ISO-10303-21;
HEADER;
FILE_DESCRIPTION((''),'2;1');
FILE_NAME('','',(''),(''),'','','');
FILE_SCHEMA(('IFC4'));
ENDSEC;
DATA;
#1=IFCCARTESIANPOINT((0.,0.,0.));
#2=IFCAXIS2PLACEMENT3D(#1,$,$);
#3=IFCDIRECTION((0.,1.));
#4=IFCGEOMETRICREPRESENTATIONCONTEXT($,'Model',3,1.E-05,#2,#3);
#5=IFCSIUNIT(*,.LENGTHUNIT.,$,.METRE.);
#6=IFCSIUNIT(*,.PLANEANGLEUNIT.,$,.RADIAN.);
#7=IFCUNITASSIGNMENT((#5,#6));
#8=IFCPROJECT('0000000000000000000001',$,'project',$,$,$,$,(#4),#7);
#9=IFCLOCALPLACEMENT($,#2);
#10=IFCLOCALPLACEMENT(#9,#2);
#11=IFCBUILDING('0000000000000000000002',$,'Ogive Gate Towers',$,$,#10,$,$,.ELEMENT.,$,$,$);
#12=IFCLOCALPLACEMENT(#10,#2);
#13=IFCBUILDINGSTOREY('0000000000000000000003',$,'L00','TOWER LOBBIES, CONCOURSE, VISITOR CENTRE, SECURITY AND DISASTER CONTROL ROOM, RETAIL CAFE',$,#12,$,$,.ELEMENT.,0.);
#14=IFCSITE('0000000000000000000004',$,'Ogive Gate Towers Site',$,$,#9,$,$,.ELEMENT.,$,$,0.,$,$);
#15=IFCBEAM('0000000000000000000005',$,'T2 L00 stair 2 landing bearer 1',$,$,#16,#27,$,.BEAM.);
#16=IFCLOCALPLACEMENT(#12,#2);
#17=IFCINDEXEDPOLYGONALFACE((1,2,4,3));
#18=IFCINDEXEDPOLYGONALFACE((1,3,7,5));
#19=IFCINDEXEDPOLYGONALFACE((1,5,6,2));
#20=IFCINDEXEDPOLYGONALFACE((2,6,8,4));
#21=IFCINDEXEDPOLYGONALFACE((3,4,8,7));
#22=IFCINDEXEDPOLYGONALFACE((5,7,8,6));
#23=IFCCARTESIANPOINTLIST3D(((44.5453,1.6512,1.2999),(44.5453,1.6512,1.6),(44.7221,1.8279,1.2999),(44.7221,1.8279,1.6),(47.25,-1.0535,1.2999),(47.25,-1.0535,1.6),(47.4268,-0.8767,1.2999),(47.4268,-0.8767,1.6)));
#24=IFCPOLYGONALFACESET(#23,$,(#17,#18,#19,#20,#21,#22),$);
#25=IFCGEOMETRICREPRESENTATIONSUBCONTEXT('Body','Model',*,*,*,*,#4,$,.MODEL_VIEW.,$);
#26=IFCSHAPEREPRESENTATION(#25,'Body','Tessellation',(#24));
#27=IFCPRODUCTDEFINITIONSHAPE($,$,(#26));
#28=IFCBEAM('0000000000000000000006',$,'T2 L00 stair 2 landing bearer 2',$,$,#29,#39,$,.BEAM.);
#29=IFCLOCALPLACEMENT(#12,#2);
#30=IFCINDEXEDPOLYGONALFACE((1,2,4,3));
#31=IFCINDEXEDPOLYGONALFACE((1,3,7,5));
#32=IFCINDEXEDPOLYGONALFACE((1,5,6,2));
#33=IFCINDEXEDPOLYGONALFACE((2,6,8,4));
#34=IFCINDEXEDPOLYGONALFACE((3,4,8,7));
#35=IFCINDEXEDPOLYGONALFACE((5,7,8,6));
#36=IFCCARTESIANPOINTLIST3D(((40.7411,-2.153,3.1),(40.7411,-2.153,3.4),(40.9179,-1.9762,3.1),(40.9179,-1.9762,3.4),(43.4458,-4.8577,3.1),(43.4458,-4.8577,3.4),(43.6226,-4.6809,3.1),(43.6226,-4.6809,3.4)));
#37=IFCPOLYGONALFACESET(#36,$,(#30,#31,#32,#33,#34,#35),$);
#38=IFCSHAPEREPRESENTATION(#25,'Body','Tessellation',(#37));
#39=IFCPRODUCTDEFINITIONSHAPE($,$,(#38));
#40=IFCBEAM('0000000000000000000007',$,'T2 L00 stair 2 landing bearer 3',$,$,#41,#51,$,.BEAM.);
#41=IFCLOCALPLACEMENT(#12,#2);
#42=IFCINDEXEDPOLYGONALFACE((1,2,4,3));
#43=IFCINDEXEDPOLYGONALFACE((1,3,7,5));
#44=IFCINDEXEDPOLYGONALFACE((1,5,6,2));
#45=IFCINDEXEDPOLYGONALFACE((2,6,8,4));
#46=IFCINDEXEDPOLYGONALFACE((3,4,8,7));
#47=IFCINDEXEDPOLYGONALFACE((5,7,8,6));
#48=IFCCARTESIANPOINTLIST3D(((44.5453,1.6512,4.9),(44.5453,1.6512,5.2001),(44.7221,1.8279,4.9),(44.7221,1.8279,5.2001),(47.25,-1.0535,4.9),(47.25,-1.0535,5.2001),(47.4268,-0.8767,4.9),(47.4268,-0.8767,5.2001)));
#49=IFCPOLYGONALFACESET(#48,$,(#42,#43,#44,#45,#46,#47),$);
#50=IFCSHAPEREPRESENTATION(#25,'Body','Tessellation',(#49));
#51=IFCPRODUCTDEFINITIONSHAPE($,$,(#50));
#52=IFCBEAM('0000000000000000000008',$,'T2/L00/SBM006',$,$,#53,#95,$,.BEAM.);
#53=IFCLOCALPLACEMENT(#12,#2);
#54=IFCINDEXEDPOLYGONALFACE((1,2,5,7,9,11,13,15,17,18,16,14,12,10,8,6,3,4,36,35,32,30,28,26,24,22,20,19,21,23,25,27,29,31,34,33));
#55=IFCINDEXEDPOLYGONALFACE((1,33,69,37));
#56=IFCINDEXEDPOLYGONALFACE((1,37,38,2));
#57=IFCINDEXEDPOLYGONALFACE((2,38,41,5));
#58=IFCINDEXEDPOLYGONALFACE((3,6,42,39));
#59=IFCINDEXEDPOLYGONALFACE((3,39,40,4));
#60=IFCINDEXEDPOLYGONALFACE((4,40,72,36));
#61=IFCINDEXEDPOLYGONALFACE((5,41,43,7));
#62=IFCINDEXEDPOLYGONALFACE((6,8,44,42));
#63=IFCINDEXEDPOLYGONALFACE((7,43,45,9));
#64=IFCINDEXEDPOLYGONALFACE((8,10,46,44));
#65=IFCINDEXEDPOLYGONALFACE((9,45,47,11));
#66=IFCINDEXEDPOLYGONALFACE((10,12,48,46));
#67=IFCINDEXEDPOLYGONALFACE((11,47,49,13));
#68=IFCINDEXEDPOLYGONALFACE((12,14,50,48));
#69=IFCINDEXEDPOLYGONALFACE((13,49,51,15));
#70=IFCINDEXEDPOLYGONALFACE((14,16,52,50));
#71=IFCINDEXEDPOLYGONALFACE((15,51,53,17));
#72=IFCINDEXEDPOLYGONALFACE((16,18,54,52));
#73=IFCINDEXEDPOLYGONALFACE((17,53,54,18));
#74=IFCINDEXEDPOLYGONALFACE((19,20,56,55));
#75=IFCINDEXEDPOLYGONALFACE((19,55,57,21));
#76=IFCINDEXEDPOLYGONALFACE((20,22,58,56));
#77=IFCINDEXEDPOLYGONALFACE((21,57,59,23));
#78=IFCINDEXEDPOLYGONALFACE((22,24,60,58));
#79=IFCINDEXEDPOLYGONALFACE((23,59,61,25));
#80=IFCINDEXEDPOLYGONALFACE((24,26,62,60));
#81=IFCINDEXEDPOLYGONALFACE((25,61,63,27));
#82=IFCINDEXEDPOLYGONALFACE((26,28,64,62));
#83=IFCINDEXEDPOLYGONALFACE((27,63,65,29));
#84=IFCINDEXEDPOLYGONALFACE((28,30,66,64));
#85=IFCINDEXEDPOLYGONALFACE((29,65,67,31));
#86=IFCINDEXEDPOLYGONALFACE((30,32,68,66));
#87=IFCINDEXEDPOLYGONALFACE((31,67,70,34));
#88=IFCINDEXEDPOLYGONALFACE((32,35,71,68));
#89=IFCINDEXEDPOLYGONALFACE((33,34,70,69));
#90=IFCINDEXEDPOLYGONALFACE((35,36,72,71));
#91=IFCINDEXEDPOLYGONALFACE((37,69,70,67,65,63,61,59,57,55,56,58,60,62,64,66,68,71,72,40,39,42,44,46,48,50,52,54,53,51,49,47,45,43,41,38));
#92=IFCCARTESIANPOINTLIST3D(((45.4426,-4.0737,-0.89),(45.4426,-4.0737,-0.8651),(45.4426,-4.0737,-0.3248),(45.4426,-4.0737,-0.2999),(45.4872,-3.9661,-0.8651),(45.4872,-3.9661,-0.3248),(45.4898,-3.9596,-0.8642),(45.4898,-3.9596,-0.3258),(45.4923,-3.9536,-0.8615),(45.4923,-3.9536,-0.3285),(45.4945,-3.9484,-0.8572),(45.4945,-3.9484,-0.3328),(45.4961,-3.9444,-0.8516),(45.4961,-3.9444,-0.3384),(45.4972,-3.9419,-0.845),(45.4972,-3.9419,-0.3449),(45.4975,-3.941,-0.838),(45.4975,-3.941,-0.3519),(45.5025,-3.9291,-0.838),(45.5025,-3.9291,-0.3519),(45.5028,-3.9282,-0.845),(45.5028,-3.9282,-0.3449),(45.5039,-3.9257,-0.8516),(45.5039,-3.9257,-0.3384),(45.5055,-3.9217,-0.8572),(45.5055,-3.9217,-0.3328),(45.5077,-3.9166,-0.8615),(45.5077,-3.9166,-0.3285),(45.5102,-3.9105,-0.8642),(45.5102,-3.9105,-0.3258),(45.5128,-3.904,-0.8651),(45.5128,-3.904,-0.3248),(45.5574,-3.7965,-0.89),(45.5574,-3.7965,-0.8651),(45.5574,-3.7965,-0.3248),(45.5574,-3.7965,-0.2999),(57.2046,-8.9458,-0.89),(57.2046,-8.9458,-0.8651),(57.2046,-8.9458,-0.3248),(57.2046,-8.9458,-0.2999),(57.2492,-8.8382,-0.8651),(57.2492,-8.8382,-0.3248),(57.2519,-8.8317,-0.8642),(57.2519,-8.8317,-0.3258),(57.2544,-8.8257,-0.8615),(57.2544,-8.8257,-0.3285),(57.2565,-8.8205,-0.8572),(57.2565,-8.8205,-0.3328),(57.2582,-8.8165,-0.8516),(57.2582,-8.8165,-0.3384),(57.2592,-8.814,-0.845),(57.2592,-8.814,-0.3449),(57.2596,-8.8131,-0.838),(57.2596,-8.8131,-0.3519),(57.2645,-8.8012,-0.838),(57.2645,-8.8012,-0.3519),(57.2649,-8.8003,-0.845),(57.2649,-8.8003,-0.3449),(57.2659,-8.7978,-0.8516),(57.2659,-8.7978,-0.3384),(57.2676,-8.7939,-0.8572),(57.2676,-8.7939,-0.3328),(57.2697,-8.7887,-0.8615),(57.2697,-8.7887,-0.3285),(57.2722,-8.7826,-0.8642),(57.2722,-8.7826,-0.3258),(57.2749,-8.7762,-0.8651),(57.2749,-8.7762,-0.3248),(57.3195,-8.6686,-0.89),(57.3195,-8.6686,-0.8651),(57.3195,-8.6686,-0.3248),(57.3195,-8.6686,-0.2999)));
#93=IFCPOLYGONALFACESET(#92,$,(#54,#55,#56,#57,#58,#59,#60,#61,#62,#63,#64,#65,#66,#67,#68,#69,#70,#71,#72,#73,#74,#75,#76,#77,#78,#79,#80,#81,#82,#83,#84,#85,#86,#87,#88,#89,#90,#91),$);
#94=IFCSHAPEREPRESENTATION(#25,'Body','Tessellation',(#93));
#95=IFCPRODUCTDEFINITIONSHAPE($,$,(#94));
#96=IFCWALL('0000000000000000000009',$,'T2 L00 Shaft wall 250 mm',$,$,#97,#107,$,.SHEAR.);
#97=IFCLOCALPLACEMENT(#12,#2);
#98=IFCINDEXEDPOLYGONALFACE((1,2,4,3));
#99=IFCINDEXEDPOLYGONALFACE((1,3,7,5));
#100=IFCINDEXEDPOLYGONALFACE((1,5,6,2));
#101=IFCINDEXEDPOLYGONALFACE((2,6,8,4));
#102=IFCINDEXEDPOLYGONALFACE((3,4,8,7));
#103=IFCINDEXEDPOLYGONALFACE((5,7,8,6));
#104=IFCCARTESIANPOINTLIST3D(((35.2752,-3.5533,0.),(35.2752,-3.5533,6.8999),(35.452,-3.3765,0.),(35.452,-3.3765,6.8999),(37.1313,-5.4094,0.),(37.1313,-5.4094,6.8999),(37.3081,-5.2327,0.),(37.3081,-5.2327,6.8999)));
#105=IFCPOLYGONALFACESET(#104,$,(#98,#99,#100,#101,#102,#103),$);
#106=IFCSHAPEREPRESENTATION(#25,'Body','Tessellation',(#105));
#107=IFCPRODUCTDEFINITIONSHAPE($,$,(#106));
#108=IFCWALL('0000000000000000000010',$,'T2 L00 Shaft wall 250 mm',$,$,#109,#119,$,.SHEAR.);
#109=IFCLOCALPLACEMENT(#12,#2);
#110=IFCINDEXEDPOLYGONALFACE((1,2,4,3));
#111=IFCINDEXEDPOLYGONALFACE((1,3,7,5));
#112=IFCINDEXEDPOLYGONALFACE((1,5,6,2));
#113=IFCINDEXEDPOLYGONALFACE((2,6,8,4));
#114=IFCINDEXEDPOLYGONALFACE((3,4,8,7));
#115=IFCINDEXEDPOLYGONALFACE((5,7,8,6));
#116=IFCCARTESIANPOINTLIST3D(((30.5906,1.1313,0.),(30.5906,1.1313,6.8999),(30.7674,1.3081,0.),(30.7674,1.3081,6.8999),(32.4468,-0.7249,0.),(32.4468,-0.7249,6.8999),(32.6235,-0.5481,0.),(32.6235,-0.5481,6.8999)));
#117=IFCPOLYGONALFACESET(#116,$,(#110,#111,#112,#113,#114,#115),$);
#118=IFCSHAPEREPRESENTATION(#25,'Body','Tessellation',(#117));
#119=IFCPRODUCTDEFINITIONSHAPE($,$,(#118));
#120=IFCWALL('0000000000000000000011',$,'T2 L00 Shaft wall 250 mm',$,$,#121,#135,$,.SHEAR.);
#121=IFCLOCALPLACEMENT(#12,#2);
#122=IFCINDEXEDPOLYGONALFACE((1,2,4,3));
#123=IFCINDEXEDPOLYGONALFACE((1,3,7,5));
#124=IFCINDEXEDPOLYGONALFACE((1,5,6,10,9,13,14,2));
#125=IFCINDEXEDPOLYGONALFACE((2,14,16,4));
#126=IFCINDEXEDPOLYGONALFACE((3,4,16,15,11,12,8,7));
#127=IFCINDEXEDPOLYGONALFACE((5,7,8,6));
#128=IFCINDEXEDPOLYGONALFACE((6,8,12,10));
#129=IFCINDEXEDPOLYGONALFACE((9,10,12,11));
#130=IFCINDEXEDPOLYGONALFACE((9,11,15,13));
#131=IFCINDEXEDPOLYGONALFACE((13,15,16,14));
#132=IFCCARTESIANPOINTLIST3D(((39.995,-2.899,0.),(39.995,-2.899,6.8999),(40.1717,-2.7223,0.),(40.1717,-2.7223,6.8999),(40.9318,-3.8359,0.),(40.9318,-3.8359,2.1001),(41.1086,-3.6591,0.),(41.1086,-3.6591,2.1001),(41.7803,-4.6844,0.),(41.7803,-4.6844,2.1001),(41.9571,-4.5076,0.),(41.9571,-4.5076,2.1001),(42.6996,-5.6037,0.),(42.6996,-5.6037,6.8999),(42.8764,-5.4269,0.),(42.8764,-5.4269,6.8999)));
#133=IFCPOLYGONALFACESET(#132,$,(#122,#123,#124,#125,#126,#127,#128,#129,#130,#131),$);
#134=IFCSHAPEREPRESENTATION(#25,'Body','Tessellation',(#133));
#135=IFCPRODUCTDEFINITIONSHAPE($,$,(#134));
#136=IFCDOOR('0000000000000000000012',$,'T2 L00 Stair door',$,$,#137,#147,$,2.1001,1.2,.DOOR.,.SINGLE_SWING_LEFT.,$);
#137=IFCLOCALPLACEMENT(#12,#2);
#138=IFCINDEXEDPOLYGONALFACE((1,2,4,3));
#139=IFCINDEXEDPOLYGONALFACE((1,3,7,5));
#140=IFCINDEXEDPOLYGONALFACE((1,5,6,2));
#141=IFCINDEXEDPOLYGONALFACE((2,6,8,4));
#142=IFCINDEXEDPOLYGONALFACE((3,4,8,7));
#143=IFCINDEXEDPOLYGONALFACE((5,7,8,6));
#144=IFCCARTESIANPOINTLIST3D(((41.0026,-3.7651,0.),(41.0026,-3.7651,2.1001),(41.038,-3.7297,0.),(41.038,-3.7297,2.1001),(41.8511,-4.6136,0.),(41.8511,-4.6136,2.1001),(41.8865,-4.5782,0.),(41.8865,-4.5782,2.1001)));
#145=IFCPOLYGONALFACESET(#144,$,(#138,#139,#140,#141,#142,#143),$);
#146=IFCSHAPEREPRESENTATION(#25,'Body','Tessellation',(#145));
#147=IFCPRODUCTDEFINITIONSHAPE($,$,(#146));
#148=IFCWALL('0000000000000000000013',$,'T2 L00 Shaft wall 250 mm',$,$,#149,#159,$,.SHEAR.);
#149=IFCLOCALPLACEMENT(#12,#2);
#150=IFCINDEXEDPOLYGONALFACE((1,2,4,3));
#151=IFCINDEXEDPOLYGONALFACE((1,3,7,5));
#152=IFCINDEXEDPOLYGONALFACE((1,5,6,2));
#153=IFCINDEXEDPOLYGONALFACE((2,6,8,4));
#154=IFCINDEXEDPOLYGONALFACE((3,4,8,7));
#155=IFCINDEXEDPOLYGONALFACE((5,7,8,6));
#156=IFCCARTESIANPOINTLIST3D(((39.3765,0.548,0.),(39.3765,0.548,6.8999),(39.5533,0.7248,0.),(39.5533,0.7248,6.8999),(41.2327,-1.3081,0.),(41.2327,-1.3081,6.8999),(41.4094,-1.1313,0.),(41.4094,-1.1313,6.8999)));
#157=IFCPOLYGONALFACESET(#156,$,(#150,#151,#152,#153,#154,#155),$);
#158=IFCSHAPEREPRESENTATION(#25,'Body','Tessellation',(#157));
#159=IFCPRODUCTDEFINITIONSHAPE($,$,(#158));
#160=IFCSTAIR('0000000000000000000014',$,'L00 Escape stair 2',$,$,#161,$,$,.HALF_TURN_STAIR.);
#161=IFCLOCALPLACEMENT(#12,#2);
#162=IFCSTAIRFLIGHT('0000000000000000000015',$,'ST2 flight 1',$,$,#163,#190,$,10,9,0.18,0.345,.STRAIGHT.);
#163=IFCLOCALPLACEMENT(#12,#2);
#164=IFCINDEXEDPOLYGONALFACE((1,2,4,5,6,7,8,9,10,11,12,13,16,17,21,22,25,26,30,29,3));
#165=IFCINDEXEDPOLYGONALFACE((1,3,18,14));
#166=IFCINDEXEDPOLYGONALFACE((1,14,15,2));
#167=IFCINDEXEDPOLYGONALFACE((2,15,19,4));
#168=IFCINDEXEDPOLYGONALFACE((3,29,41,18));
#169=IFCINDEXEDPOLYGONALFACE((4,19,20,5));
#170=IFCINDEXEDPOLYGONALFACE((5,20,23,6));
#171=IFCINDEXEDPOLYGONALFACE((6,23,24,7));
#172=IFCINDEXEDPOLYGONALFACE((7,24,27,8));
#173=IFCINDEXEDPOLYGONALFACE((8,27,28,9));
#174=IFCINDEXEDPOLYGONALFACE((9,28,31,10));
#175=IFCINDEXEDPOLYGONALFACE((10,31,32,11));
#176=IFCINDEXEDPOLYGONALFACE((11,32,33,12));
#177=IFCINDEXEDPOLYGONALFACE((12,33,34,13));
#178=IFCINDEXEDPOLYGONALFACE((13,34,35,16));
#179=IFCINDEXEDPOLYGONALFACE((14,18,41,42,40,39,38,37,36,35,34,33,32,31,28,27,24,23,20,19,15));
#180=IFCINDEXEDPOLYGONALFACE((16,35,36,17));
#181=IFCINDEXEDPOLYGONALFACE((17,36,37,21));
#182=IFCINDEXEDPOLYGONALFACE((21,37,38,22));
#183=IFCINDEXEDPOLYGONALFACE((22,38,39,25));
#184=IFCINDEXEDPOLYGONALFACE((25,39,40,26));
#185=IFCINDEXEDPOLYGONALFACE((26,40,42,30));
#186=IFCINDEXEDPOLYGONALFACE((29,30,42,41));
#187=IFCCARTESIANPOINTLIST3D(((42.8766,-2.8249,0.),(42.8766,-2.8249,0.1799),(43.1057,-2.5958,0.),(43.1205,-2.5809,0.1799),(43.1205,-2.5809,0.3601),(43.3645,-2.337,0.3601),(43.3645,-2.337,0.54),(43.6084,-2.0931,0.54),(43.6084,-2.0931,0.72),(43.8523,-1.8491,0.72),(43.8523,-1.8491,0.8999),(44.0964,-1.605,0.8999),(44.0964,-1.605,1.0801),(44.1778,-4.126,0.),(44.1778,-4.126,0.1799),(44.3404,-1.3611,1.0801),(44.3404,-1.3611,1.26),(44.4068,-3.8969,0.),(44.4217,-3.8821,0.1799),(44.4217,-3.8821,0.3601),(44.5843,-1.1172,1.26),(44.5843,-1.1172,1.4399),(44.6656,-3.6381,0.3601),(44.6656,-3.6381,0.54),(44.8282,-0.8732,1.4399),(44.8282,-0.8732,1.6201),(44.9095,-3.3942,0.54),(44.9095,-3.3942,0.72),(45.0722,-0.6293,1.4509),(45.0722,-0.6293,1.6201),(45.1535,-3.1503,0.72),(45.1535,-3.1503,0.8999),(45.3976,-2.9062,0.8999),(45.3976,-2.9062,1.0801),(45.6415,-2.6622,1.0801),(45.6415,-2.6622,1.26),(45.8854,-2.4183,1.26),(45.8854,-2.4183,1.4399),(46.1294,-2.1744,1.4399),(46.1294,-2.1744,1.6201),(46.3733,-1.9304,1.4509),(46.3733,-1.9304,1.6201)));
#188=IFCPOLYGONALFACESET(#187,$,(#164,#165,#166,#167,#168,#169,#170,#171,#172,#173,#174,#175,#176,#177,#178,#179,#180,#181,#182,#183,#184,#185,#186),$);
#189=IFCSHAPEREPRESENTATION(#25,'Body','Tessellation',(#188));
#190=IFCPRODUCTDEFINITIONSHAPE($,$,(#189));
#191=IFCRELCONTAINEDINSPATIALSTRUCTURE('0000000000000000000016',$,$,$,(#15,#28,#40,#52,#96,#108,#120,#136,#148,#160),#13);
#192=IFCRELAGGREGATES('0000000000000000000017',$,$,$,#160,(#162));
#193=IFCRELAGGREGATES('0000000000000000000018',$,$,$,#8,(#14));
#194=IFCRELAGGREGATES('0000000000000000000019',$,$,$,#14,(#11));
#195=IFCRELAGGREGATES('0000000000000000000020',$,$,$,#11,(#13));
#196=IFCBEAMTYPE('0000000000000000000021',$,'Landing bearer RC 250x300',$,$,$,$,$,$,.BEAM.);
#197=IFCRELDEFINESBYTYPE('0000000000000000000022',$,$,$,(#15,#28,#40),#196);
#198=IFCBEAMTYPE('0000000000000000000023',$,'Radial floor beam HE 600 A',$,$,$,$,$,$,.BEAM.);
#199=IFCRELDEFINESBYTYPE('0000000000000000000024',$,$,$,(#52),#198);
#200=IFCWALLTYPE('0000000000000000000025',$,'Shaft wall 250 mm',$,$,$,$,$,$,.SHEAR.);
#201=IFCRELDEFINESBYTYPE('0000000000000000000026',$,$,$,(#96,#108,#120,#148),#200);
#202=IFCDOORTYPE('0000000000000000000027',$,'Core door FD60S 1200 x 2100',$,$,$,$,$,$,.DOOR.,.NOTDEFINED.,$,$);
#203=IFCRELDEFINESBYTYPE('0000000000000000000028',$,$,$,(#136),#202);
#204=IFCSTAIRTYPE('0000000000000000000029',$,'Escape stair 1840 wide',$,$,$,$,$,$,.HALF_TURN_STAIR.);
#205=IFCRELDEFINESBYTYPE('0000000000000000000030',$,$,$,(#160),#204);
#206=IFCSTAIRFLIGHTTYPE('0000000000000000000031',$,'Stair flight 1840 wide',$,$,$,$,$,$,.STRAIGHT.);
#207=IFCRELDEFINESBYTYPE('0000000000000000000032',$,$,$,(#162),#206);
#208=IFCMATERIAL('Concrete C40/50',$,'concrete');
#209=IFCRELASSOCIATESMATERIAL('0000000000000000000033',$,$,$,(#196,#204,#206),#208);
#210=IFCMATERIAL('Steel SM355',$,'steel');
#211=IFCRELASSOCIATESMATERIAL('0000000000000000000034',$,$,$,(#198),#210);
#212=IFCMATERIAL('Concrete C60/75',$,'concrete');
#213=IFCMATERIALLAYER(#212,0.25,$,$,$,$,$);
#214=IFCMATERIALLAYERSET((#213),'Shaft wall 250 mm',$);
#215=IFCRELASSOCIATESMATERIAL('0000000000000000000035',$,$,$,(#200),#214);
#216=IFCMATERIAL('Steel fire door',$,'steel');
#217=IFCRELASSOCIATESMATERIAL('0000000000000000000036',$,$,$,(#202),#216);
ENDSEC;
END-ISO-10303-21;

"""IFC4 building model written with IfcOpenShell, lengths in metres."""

from ifc_helpers import new_model, si_unit, direction, frame, frame_2d, origin, origin_2d, place, context, subcontext, project, spatial, polyline, rectangle, i_section, outline, extrude, material, layer, layer_set, material_profile, profile_set, type_object, element, fill, aggregate, save


model = new_model("IFC4")

# Units and contexts
model_context = context("Model", 3, precision=1e-05, world=origin(), true_north=direction((0.0, 1.0)))
body_context = subcontext(model_context, "Body", "Model", "MODEL_VIEW")
ifc_project = project(units=[si_unit("LENGTHUNIT", "METRE"), si_unit("PLANEANGLEUNIT", "RADIAN")], contexts=[model_context])

# Site, building, storey
site_placement = place(None, origin())
site = spatial("IfcSite", under=ifc_project, at=site_placement, Name="Ogive Gate Towers Site", CompositionType="ELEMENT", RefElevation=0.0)
building_placement = place(site_placement, origin())
building = spatial("IfcBuilding", under=site, at=building_placement, Name="Ogive Gate Towers", CompositionType="ELEMENT")
storey_placement = place(building_placement, origin())
storey = spatial("IfcBuildingStorey", under=building, at=storey_placement, Name="L00", Description="TOWER LOBBIES, CONCOURSE, VISITOR CENTRE, SECURITY AND DISASTER CONTROL ROOM, RETAIL CAFE", CompositionType="ELEMENT", Elevation=0.0)

# Beams
ifc_material_1 = material(Name="Concrete C40/50", Category="concrete")
ifc_material_profile_1 = material_profile(ifc_material_1, rectangle(XDim=0.25, YDim=0.3, at=origin_2d()), Name="RC 250x300")
ifc_profile_set_1 = profile_set([ifc_material_profile_1], Name="Concrete C40/50")
beam_type_1 = type_object("IfcBeamType", Name="Landing bearer RC 250x300", PredefinedType="BEAM", material=ifc_profile_set_1)
for number, where, z_axis, x_axis, name in (
    (1, (47.3384, -0.9651, 1.45), (-0.707107, 0.707107, 0.0), (-0.707107, -0.707107, 0.0), "T2 L00 stair 2 landing bearer 1"),
    (2, (43.5342, -4.7693, 3.25), (-0.707107, 0.707107, 0.0), (-0.707107, -0.707107, 0.0), "T2 L00 stair 2 landing bearer 2"),
    (3, (47.3384, -0.9651, 5.05), (-0.707107, 0.707107, 0.0), (-0.707107, -0.707107, 0.0), "T2 L00 stair 2 landing bearer 3"),
):
    element("IfcBeam", number, at=place(storey_placement, frame(where, z_axis=z_axis, x_axis=x_axis)), inside=storey, type_object=beam_type_1, Name=name, PredefinedType="BEAM", context=body_context, shape_type="SweptSolid", body=[
        extrude(rectangle(XDim=0.25, YDim=0.3, at=origin_2d()), origin(), (0.0, 0.0, 1.0), 3.825),
    ])
ifc_material_2 = material(Name="Steel SM355", Category="steel")
ifc_material_profile_2 = material_profile(ifc_material_2, i_section(OverallWidth=0.3, OverallDepth=0.5901, WebThickness=0.0129, FlangeThickness=0.0249, FilletRadius=0.0271, at=origin_2d()), Name="HE 600 A")
ifc_profile_set_2 = profile_set([ifc_material_profile_2], Name="Steel SM355")
beam_type_2 = type_object("IfcBeamType", Name="Radial floor beam HE 600 A", PredefinedType="BEAM", material=ifc_profile_set_2)
beam_placement = place(storey_placement, frame((45.5, -3.9351, -0.595), z_axis=(0.923877, -0.382691, 0.0), x_axis=(0.382691, 0.923877, 0.0)))
element("IfcBeam", 4, at=beam_placement, inside=storey, type_object=beam_type_2, Name="T2/L00/SBM006", PredefinedType="BEAM", context=body_context, shape_type="SweptSolid", body=[
    extrude(i_section(OverallWidth=0.3, OverallDepth=0.5901, WebThickness=0.0129, FlangeThickness=0.0249, FilletRadius=0.0271, at=origin_2d()), origin(), (0.0, 0.0, 1.0), 12.7312),
])

# Walls
ifc_material_3 = material(Name="Concrete C60/75", Category="concrete")
ifc_layer = layer(ifc_material_3, 0.25)
ifc_layer_set = layer_set([ifc_layer], Name="Shaft wall 250 mm")
wall_type = type_object("IfcWallType", Name="Shaft wall 250 mm", PredefinedType="SHEAR", material=ifc_layer_set)
for number, where, z_axis, x_axis, name in (
    (5, (37.2197, -5.321, 0.0), (0.0, 0.0, 1.0), (-0.707107, 0.707107, 0.0), "T2 L00 Shaft wall 250 mm"),
    (6, (32.5352, -0.6365, 0.0), (0.0, 0.0, 1.0), (-0.707107, 0.707107, 0.0), "T2 L00 Shaft wall 250 mm"),
):
    element("IfcWall", number, at=place(storey_placement, frame(where, z_axis=z_axis, x_axis=x_axis)), inside=storey, type_object=wall_type, Name=name, PredefinedType="SHEAR", context=body_context, shape_type="SweptSolid", body=[
        extrude(rectangle(XDim=2.625, YDim=0.25, at=frame_2d((1.3125, 0.0))), origin(), (0.0, 0.0, 1.0), 6.8999),
    ])

# Wall, opening, door
wall_1_placement = place(storey_placement, frame((42.7881, -5.5154, 0.0), z_axis=(0.0, 0.0, 1.0), x_axis=(-0.707107, 0.707107, 0.0)))
wall_1 = element("IfcWall", 7, at=wall_1_placement, inside=storey, type_object=wall_type, Name="T2 L00 Shaft wall 250 mm", PredefinedType="SHEAR", context=body_context, shape_type="SweptSolid", body=[
    extrude(rectangle(XDim=3.825, YDim=0.25, at=frame_2d((1.9126, 0.0))), origin(), (0.0, 0.0, 1.0), 6.8999),
])
opening_placement = place(wall_1_placement, frame((1.3, 0.0, 0.0)))
opening = element("IfcOpeningElement", 8, at=opening_placement, cuts=wall_1, PredefinedType="OPENING", context=body_context, shape_type="SweptSolid", body=[
    extrude(rectangle(XDim=1.2, YDim=2.1001, at=frame_2d((0.6001, 1.05))), frame((0.0, 0.135, 0.0), z_axis=(0.0, -1.0, 0.0), x_axis=(1.0, 0.0, 0.0)), (0.0, 0.0, 1.0), 0.27),
])
ifc_material_4 = material(Name="Steel fire door", Category="steel")
door_type = type_object("IfcDoorType", Name="Core door FD60S 1200 x 2100", OperationType="NOTDEFINED", PredefinedType="DOOR", material=ifc_material_4)
door_placement = place(opening_placement, origin())
door = element("IfcDoor", 9, at=door_placement, inside=storey, type_object=door_type, Name="T2 L00 Stair door", OperationType="SINGLE_SWING_LEFT", OverallHeight=2.1001, OverallWidth=1.2, PredefinedType="DOOR", context=body_context, shape_type="SweptSolid", body=[
    extrude(rectangle(XDim=1.2, YDim=2.1001, at=frame_2d((0.6001, 1.05))), frame((0.0, 0.0249, 0.0), z_axis=(0.0, -1.0, 0.0), x_axis=(1.0, 0.0, 0.0)), (0.0, 0.0, 1.0), 0.05),
])
fill(opening, door)

# Wall
wall_2_placement = place(storey_placement, frame((41.321, -1.2197, 0.0), z_axis=(0.0, 0.0, 1.0), x_axis=(-0.707107, 0.707107, 0.0)))
element("IfcWall", 10, at=wall_2_placement, inside=storey, type_object=wall_type, Name="T2 L00 Shaft wall 250 mm", PredefinedType="SHEAR", context=body_context, shape_type="SweptSolid", body=[
    extrude(rectangle(XDim=2.625, YDim=0.25, at=frame_2d((1.3125, 0.0))), origin(), (0.0, 0.0, 1.0), 6.8999),
])

# Stair, stair flight
stair_type = type_object("IfcStairType", Name="Escape stair 1840 wide", PredefinedType="HALF_TURN_STAIR", material=ifc_material_1)
stair_placement = place(storey_placement, origin())
stair = element("IfcStair", 11, at=stair_placement, inside=storey, type_object=stair_type, Name="L00 Escape stair 2", PredefinedType="HALF_TURN_STAIR")
stair_flight_type = type_object("IfcStairFlightType", Name="Stair flight 1840 wide", PredefinedType="STRAIGHT", material=ifc_material_1)
stair_flight_1_placement = place(storey_placement, frame((43.5271, -3.4753, 0.0), z_axis=(0.0, 0.0, 1.0), x_axis=(0.707107, 0.707107, 0.0)))
stair_flight_1 = element("IfcStairFlight", 12, at=stair_flight_1_placement, type_object=stair_flight_type, Name="ST2 flight 1", NumberOfRisers=10, NumberOfTreads=9, PredefinedType="STRAIGHT", RiserHeight=0.18, TreadLength=0.345, context=body_context, shape_type="SweptSolid", body=[
    extrude(outline(polyline([(0.0, 0.0), (0.0, 0.1799), (0.345, 0.1799), (0.345, 0.3601), (0.6899, 0.3601), (0.6899, 0.54), (1.0349, 0.54), (1.0349, 0.72), (1.3799, 0.72), (1.3799, 0.8999), (1.7251, 0.8999), (1.7251, 1.0801), (2.0701, 1.0801), (2.0701, 1.26), (2.415, 1.26), (2.415, 1.4399), (2.76, 1.4399), (2.76, 1.6201), (3.105, 1.6201), (3.105, 1.8), (3.105, 1.4509), (0.324, 0.0), (0.0, 0.0)])), frame((0.0, 0.9199, 0.0), z_axis=(0.0, -1.0, 0.0), x_axis=(1.0, 0.0, 0.0)), (0.0, 0.0, 1.0), 1.8401),
])
aggregate(stair, [stair_flight_1])

save(model, "model.ifc")
